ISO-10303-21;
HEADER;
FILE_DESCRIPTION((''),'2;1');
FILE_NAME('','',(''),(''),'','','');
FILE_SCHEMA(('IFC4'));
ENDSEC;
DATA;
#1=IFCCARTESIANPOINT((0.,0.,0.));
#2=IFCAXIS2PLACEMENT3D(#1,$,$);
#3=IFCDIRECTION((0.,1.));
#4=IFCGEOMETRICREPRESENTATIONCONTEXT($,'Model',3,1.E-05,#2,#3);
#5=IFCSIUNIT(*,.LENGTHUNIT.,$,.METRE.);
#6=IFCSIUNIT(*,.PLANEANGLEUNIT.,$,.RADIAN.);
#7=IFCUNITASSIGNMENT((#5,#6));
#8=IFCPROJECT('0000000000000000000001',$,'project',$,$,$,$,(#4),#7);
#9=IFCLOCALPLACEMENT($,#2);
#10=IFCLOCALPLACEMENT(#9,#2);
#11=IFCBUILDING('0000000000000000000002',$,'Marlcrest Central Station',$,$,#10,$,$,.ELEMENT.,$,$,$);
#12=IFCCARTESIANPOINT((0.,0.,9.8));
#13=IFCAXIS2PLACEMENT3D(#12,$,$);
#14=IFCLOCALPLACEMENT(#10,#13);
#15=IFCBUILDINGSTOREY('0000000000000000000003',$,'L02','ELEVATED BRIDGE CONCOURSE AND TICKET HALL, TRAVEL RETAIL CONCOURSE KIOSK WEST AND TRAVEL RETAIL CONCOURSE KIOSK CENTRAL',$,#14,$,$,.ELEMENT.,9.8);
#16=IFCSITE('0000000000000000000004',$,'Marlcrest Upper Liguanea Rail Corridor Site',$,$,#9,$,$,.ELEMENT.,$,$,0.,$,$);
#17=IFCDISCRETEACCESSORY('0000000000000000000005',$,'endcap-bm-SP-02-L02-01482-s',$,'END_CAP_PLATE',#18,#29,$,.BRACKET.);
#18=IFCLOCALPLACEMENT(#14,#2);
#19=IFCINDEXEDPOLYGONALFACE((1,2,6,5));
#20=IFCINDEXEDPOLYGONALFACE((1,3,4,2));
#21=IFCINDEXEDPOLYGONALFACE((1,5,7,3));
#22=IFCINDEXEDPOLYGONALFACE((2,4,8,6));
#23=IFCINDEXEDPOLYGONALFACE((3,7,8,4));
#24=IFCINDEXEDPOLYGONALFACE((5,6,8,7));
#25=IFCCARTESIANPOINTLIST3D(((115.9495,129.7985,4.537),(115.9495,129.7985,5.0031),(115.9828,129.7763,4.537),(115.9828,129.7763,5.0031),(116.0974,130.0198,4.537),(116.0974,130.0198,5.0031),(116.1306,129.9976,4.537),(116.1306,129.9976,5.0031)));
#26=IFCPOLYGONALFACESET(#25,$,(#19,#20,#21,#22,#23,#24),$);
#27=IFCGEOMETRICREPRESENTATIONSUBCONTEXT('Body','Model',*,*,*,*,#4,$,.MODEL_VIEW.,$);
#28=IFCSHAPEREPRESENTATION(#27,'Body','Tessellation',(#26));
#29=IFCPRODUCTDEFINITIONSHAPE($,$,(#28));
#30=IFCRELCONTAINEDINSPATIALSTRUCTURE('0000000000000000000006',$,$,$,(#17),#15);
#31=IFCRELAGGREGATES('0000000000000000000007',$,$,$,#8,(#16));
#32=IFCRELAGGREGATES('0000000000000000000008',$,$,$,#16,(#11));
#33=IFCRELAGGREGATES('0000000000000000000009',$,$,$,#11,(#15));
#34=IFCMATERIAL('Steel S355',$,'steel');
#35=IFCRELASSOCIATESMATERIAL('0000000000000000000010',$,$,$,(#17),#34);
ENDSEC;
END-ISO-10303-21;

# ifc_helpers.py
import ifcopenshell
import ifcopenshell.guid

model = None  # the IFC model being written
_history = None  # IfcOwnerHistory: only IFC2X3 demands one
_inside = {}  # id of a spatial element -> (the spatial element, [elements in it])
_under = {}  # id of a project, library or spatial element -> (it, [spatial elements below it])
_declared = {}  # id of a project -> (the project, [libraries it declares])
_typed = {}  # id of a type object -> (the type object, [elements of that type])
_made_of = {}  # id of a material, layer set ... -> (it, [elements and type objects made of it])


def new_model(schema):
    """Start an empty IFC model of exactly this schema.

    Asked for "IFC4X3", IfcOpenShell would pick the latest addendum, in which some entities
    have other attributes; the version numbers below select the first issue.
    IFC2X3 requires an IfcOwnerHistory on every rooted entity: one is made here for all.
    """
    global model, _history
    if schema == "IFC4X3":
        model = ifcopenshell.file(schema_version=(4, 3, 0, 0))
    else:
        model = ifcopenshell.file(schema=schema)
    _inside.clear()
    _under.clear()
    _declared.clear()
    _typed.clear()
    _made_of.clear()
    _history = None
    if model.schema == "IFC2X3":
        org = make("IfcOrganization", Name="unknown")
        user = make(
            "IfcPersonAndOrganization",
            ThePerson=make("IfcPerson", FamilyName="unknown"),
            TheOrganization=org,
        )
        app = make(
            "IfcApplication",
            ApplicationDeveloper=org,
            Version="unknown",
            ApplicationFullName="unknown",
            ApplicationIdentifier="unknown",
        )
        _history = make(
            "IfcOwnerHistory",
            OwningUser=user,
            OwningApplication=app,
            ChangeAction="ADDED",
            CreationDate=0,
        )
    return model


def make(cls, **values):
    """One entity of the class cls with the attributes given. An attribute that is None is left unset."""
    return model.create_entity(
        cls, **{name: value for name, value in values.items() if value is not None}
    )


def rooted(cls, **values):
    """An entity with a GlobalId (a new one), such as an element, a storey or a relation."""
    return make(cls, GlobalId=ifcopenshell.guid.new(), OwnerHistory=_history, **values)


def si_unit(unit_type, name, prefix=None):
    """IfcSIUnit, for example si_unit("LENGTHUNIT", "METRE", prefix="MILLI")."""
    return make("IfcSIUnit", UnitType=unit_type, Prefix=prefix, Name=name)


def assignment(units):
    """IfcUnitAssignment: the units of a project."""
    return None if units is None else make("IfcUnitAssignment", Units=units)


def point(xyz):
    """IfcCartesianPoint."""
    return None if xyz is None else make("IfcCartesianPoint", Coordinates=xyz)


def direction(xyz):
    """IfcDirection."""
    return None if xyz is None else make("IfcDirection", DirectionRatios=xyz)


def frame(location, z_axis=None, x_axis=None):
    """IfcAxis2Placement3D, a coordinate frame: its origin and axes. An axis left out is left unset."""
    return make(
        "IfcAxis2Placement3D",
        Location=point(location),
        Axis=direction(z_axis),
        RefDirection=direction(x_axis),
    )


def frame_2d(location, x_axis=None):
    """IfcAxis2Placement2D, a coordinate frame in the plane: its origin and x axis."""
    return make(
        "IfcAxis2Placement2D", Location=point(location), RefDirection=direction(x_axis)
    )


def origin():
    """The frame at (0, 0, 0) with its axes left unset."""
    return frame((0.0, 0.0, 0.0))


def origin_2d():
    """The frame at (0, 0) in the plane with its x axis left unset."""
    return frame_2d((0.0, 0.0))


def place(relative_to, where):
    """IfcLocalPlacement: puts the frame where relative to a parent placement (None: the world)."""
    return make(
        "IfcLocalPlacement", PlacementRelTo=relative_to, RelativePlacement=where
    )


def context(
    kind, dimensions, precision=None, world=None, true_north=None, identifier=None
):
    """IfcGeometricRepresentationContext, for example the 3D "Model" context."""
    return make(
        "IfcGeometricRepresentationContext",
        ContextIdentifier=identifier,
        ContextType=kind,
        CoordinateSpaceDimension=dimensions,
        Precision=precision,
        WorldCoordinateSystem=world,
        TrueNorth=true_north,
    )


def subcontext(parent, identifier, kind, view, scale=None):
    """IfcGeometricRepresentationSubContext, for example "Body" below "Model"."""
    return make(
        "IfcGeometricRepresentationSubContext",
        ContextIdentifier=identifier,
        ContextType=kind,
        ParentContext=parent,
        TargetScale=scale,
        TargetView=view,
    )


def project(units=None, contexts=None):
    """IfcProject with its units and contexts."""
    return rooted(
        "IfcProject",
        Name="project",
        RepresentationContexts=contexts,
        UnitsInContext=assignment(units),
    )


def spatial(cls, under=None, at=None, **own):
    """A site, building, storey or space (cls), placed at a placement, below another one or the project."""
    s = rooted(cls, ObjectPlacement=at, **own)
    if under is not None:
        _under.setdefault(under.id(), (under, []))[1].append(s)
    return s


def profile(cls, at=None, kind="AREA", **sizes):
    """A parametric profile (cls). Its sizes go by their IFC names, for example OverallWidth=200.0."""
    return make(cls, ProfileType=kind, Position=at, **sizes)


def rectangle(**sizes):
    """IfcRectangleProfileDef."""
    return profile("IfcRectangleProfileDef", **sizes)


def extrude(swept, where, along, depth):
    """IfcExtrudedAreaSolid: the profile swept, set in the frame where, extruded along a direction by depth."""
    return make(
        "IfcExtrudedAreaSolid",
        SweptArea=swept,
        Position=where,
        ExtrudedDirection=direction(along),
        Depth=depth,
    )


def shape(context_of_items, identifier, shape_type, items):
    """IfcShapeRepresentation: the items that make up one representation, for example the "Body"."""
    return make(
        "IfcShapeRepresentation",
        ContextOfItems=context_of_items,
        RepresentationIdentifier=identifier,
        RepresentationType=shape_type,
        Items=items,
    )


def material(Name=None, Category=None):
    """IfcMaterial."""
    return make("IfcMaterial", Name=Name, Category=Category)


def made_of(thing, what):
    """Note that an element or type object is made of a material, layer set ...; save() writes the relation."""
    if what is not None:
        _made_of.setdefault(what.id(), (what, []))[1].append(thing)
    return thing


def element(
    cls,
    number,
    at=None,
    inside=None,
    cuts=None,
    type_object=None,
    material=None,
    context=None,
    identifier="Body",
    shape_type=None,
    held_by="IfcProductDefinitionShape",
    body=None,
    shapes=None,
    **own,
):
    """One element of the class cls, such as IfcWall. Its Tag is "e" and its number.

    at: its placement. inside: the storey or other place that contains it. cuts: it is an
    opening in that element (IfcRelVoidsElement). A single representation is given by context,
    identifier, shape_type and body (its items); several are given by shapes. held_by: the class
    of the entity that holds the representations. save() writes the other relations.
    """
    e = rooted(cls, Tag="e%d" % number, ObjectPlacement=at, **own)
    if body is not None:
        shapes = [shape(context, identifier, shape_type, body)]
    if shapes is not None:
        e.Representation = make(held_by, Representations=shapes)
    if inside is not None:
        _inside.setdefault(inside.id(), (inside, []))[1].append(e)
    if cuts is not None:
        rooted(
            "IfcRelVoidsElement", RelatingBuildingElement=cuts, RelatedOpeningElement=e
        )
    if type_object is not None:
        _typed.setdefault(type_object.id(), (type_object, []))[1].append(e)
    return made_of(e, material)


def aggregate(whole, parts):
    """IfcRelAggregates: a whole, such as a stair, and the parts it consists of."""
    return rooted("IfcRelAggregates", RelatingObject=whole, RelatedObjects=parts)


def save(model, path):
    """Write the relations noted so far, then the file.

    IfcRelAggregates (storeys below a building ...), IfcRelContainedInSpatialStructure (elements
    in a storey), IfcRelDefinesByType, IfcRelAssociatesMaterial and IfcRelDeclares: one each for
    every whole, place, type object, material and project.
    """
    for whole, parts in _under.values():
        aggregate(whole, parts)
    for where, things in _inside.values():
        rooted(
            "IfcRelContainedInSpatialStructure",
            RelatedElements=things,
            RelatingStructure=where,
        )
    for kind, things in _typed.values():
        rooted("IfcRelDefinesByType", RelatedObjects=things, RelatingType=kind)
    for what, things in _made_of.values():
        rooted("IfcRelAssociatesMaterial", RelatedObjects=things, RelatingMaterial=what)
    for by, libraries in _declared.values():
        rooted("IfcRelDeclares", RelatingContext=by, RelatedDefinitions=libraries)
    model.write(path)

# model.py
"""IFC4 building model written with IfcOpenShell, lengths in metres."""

from ifc_helpers import new_model, si_unit, direction, frame, origin, origin_2d, place, context, subcontext, project, spatial, rectangle, extrude, material, element, save


model = new_model("IFC4")

# Units and contexts
model_context = context("Model", 3, precision=1e-05, world=origin(), true_north=direction((0.0, 1.0)))
body_context = subcontext(model_context, "Body", "Model", "MODEL_VIEW")
ifc_project = project(units=[si_unit("LENGTHUNIT", "METRE"), si_unit("PLANEANGLEUNIT", "RADIAN")], contexts=[model_context])

# Site, building, storey
site_placement = place(None, origin())
site = spatial("IfcSite", under=ifc_project, at=site_placement, Name="Marlcrest Upper Liguanea Rail Corridor Site", CompositionType="ELEMENT", RefElevation=0.0)
building_placement = place(site_placement, origin())
building = spatial("IfcBuilding", under=site, at=building_placement, Name="Marlcrest Central Station", CompositionType="ELEMENT")
storey_placement = place(building_placement, frame((0.0, 0.0, 9.8)))
storey = spatial("IfcBuildingStorey", under=building, at=storey_placement, Name="L02", Description="ELEVATED BRIDGE CONCOURSE AND TICKET HALL, TRAVEL RETAIL CONCOURSE KIOSK WEST AND TRAVEL RETAIL CONCOURSE KIOSK CENTRAL", CompositionType="ELEMENT", Elevation=9.8)

# Shared definitions
ifc_material_1 = material(Name="Steel S355", Category="steel")

# Discrete accessory
discrete_accessory_placement = place(storey_placement, frame((116.0234, 129.9092, 4.77), z_axis=(0.831509, -0.555511, 0.0), x_axis=(0.555511, 0.831509, 0.0)))
element("IfcDiscreteAccessory", 1, at=discrete_accessory_placement, inside=storey, material=ifc_material_1, Name="endcap-bm-SP-02-L02-01482-s", ObjectType="END_CAP_PLATE", PredefinedType="BRACKET", context=body_context, shape_type="SweptSolid", body=[
    extrude(rectangle(XDim=0.2661, YDim=0.4661, at=origin_2d()), origin(), (0.0, 0.0, 1.0), 0.04),
])

save(model, "model.ifc")
